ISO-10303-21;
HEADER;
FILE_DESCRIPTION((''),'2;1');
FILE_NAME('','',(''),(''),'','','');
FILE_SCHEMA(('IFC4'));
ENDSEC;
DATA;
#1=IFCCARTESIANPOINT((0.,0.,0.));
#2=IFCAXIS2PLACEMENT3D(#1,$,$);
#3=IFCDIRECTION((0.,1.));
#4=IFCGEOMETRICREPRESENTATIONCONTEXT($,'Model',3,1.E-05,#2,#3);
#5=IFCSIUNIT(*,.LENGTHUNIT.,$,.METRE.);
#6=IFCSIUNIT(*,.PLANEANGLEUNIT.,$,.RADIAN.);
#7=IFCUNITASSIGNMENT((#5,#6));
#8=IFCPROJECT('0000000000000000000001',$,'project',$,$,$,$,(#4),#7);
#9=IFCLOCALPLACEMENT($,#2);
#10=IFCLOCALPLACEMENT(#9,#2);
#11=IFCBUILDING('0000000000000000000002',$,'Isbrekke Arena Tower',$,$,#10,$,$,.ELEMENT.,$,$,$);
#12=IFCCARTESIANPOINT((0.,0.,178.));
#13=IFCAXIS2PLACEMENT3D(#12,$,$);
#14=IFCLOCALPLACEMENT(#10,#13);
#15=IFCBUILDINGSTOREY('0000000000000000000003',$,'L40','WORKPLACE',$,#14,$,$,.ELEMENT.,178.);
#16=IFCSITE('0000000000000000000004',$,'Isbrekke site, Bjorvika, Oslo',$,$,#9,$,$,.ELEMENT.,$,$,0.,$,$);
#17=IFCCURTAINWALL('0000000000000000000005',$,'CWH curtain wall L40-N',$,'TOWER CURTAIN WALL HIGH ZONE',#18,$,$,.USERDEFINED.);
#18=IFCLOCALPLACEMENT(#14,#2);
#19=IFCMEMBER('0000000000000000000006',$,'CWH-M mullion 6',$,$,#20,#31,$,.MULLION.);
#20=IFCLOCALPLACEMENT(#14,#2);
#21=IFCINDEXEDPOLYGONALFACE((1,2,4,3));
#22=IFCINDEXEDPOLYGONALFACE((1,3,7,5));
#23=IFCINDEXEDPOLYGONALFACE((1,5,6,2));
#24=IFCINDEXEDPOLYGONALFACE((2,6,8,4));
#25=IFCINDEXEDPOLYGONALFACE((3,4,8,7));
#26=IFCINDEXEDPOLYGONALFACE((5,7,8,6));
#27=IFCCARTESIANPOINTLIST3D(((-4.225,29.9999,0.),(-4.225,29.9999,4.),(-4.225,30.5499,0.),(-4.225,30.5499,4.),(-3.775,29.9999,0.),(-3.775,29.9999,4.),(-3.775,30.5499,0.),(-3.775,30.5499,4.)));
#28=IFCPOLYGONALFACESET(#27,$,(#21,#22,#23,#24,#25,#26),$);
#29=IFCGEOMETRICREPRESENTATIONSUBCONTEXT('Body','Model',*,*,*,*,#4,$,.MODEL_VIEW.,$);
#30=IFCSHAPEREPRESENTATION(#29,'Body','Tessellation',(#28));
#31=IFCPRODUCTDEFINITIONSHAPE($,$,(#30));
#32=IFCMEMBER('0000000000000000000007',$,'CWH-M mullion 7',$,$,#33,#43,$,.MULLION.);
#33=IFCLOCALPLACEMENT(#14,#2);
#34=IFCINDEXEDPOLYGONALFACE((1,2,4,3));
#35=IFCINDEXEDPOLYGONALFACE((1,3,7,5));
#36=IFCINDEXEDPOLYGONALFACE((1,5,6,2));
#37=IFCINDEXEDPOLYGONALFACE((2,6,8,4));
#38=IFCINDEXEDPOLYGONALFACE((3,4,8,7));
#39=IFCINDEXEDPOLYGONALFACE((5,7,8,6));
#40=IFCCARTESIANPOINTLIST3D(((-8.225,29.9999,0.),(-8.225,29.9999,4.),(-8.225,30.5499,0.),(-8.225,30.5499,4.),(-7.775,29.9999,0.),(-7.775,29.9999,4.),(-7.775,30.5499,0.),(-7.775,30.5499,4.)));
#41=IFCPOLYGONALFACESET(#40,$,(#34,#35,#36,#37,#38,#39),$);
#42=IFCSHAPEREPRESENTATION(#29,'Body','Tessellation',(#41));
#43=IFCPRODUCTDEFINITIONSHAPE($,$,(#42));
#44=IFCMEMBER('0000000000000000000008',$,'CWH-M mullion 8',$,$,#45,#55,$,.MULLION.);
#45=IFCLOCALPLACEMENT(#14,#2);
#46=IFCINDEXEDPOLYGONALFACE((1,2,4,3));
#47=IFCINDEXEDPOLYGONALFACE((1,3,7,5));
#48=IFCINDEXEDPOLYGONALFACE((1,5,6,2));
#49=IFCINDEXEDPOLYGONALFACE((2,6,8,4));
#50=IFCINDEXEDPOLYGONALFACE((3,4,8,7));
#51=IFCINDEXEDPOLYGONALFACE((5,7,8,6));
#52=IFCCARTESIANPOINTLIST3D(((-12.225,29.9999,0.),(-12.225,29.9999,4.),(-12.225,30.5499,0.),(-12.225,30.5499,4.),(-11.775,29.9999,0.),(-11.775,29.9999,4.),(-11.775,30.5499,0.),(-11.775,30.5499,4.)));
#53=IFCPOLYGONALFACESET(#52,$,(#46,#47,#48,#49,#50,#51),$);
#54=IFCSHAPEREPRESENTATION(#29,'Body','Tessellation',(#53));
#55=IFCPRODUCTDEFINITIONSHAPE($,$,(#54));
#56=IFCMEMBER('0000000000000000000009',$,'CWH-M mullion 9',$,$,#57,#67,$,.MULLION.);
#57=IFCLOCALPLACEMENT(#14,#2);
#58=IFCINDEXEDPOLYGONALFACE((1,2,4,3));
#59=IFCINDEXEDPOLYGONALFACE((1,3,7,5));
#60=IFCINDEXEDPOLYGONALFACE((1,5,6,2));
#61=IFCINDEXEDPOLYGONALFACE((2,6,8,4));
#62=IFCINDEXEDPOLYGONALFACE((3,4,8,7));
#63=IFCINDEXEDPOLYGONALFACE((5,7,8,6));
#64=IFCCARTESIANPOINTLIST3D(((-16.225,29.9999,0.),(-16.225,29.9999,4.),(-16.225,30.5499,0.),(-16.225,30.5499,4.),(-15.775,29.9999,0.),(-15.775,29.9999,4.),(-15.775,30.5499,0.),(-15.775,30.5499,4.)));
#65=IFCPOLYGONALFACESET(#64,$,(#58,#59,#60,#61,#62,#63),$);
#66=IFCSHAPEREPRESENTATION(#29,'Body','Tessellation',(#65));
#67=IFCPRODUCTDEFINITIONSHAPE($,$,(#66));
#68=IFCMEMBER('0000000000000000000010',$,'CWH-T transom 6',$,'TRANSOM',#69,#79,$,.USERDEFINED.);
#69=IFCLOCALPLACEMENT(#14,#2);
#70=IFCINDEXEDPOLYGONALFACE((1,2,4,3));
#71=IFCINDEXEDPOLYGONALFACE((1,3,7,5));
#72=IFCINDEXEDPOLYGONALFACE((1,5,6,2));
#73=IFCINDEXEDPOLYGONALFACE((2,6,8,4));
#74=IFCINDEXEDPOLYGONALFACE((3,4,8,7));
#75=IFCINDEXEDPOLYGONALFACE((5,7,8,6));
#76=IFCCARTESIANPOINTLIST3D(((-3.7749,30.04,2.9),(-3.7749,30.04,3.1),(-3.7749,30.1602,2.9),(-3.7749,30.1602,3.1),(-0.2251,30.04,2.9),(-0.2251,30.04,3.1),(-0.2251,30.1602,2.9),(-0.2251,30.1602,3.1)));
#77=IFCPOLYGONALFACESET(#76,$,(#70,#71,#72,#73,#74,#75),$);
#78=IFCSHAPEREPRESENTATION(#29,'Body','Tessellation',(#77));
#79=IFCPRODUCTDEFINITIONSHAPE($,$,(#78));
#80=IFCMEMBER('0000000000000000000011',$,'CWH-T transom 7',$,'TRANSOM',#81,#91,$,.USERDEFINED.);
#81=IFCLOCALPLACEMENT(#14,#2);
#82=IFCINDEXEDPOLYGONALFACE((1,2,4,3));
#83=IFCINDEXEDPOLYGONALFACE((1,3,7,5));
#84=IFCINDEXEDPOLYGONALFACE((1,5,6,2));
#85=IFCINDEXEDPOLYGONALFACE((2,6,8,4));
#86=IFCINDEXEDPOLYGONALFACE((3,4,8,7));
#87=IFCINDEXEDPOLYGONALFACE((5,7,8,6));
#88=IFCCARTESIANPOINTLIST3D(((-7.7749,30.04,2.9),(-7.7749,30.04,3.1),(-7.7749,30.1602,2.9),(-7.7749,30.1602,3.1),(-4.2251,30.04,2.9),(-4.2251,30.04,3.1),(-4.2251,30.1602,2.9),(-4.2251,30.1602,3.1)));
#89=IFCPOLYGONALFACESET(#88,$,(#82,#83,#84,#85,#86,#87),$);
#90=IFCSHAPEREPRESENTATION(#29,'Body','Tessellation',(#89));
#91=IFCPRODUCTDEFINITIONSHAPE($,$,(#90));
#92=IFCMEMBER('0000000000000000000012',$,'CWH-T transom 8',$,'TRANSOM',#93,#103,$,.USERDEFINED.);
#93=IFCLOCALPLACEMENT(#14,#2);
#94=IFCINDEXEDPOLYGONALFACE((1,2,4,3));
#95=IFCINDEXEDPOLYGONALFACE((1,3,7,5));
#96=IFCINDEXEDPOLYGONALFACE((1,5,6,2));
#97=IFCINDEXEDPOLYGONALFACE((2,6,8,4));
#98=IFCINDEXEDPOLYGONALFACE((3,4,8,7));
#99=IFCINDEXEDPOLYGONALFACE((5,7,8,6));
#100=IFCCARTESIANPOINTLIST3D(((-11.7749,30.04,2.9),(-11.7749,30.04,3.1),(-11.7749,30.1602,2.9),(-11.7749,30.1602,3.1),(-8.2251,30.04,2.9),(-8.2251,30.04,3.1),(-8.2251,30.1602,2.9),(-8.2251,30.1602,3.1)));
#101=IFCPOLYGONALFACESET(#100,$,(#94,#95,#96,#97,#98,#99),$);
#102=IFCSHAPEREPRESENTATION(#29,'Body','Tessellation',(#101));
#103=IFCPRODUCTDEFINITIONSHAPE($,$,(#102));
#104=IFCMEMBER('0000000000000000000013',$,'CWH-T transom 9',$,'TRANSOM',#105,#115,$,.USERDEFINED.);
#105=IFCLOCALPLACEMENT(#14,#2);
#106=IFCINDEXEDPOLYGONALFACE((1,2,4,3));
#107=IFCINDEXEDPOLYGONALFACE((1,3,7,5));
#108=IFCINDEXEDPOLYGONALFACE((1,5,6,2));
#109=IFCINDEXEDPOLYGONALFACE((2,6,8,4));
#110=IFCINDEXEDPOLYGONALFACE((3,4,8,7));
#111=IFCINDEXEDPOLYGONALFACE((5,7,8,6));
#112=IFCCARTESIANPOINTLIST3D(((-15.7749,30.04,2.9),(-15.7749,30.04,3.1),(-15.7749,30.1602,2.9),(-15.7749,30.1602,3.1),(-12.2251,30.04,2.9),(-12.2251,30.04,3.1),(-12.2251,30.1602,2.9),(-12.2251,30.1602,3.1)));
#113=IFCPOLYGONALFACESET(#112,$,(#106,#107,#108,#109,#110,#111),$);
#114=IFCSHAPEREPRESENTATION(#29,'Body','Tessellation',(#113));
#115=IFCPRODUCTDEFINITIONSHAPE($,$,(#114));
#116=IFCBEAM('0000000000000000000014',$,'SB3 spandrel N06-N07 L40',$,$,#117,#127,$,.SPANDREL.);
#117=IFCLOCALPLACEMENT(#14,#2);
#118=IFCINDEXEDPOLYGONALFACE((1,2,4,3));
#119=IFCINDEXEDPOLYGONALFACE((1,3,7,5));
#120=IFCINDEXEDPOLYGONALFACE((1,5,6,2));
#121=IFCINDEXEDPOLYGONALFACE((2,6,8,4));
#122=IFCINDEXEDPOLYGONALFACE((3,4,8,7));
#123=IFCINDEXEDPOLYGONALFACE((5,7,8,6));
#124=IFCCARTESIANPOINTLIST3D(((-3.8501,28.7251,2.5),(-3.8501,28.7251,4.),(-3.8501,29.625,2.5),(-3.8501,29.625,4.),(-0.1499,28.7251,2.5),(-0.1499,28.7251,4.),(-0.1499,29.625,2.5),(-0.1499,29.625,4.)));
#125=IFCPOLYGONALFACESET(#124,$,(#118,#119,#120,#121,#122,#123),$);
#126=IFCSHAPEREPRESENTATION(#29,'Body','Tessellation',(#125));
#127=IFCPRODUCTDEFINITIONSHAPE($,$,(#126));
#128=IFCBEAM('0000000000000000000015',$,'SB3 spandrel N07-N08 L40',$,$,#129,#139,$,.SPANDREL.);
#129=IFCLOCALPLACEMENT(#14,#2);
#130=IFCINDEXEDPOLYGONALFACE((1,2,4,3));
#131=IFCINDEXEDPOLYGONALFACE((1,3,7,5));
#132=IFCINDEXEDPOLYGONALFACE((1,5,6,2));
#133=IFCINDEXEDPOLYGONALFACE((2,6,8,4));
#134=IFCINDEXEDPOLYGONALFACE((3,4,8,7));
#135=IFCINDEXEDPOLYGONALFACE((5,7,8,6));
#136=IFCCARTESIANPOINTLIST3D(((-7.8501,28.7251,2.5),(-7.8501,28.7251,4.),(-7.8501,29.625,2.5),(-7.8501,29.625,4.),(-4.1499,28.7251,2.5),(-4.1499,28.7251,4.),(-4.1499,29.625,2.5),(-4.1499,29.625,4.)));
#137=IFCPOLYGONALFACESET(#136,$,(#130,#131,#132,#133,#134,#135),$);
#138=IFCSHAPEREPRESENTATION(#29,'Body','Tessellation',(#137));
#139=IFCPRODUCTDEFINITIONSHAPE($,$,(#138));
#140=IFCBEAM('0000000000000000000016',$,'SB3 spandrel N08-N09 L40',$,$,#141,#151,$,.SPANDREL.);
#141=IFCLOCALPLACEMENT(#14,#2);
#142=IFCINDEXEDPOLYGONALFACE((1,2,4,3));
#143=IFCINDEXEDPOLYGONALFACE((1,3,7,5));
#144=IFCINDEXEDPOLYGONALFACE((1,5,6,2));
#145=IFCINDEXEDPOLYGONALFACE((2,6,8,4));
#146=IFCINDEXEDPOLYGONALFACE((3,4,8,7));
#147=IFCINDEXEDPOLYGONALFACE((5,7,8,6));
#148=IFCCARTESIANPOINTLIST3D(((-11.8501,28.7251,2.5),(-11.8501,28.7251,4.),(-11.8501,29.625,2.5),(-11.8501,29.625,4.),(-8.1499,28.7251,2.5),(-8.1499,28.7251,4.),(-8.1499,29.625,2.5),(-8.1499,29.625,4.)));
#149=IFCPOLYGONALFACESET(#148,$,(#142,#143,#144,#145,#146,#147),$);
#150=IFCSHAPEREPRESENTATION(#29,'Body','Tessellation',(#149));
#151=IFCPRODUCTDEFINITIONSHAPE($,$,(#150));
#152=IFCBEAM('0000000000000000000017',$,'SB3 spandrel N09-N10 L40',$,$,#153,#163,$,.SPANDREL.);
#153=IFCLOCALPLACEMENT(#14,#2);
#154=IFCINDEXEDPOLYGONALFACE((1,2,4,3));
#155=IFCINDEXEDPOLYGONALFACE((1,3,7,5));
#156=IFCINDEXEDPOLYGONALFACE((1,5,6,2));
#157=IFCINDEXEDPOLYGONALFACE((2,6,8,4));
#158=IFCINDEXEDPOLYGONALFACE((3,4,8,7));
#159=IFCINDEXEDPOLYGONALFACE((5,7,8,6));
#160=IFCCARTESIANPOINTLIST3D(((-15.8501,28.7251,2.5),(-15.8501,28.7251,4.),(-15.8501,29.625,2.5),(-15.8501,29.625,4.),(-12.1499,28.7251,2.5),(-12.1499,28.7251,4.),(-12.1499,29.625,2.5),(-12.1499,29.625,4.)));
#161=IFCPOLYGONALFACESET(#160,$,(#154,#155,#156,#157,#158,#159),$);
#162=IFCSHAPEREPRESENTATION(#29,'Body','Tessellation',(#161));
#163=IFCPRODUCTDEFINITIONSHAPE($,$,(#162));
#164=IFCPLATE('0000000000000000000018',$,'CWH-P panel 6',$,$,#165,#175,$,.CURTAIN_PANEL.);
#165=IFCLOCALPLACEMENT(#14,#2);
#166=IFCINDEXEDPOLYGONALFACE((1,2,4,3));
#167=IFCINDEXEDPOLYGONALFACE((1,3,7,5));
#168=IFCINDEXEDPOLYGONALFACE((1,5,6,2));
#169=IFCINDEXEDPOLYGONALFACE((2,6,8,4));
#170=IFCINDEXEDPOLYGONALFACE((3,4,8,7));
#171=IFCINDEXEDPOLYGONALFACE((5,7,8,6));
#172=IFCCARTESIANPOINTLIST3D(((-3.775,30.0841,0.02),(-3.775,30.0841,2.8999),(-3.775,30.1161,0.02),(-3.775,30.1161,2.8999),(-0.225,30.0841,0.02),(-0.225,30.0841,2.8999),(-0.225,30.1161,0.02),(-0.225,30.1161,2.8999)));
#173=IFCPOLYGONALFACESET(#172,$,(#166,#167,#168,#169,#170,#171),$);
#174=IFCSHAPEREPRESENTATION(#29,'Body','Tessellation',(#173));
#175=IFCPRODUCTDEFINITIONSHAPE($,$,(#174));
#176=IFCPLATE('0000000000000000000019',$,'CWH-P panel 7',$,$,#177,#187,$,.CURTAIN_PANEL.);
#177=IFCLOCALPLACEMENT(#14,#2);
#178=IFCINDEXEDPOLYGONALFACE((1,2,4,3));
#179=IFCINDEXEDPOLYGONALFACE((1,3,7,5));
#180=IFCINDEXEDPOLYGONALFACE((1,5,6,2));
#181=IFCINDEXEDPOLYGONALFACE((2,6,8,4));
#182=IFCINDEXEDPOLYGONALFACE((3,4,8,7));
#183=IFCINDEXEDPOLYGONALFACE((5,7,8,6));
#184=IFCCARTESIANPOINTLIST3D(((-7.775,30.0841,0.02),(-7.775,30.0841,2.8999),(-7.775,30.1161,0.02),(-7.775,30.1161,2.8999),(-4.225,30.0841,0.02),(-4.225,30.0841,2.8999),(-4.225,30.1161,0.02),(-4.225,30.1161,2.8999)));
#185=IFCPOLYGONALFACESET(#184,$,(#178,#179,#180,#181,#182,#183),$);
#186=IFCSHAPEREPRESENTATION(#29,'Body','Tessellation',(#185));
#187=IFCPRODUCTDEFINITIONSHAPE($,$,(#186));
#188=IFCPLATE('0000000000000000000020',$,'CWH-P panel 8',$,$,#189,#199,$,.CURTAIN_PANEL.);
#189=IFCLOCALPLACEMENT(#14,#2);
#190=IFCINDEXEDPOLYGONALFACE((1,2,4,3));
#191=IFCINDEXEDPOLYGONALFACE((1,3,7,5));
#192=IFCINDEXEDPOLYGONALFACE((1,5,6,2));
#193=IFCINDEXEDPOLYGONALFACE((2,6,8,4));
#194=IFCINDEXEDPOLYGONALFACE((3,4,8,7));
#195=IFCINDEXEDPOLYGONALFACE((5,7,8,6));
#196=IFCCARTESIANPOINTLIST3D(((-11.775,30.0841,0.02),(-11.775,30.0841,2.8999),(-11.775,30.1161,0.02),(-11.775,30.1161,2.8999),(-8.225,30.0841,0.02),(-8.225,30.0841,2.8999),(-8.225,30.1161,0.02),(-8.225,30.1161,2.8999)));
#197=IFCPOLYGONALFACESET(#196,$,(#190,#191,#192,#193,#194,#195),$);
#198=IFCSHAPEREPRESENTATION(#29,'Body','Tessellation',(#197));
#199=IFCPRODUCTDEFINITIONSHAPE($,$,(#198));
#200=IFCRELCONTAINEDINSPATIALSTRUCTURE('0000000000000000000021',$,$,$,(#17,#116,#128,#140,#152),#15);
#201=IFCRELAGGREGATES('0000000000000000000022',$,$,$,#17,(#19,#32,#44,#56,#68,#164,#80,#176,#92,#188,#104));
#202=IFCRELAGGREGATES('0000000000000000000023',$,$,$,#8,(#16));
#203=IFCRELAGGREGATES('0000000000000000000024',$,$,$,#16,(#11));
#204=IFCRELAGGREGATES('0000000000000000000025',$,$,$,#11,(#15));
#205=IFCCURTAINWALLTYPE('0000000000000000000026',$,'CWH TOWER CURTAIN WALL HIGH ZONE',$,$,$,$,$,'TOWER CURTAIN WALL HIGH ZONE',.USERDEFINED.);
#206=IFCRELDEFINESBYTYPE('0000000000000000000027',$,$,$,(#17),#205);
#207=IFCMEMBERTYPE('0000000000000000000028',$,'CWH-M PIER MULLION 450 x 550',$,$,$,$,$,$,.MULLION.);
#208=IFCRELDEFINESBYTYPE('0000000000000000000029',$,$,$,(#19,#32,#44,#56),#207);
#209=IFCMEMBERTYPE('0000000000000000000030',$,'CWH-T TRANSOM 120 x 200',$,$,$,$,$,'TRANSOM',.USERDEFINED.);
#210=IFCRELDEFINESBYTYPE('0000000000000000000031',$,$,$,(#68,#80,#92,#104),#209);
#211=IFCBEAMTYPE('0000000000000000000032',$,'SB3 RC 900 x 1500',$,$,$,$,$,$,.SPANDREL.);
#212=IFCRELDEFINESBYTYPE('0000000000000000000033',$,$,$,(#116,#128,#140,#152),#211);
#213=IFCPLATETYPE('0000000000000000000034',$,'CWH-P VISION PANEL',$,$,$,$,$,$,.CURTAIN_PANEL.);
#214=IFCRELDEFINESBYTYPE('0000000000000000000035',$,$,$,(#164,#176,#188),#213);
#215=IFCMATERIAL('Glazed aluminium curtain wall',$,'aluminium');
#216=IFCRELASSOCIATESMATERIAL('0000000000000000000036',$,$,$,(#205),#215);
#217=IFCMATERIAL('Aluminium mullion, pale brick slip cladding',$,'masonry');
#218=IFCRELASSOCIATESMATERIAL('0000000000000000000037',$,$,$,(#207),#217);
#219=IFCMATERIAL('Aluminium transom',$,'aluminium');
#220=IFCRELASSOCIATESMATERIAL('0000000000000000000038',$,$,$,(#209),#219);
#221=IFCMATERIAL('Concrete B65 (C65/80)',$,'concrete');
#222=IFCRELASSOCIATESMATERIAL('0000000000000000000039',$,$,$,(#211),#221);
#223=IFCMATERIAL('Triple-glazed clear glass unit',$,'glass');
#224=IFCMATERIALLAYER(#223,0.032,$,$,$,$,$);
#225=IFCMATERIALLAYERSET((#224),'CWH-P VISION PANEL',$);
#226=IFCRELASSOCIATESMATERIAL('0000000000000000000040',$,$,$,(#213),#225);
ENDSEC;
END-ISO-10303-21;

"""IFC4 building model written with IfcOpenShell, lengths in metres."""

from ifc_helpers import new_model, si_unit, direction, frame, origin, origin_2d, place, context, subcontext, project, spatial, rectangle, extrude, material, layer, layer_set, material_profile, profile_set, type_object, element, aggregate, save


model = new_model("IFC4")

# Units and contexts
model_context = context("Model", 3, precision=1e-05, world=origin(), true_north=direction((0.0, 1.0)))
body_context = subcontext(model_context, "Body", "Model", "MODEL_VIEW")
ifc_project = project(units=[si_unit("LENGTHUNIT", "METRE"), si_unit("PLANEANGLEUNIT", "RADIAN")], contexts=[model_context])

# Site, building, storey
site_placement = place(None, origin())
site = spatial("IfcSite", under=ifc_project, at=site_placement, Name="Isbrekke site, Bjorvika, Oslo", CompositionType="ELEMENT", RefElevation=0.0)
building_placement = place(site_placement, origin())
building = spatial("IfcBuilding", under=site, at=building_placement, Name="Isbrekke Arena Tower", CompositionType="ELEMENT")
storey_placement = place(building_placement, frame((0.0, 0.0, 178.0)))
storey = spatial("IfcBuildingStorey", under=building, at=storey_placement, Name="L40", Description="WORKPLACE", CompositionType="ELEMENT", Elevation=178.0)

# Curtain wall, members
ifc_material_1 = material(Name="Glazed aluminium curtain wall", Category="aluminium")
curtain_wall_type = type_object("IfcCurtainWallType", Name="CWH TOWER CURTAIN WALL HIGH ZONE", ElementType="TOWER CURTAIN WALL HIGH ZONE", PredefinedType="USERDEFINED", material=ifc_material_1)
curtain_wall_placement = place(storey_placement, origin())
curtain_wall = element("IfcCurtainWall", 1, at=curtain_wall_placement, inside=storey, type_object=curtain_wall_type, Name="CWH curtain wall L40-N", ObjectType="TOWER CURTAIN WALL HIGH ZONE", PredefinedType="USERDEFINED")
ifc_material_2 = material(Name="Aluminium mullion, pale brick slip cladding", Category="masonry")
ifc_material_profile_1 = material_profile(ifc_material_2, rectangle(XDim=0.45, YDim=0.55, at=origin_2d()), Name="PIER 450X550")
ifc_profile_set_1 = profile_set([ifc_material_profile_1], Name="Aluminium mullion, pale brick slip cladding")
member_type_1 = type_object("IfcMemberType", Name="CWH-M PIER MULLION 450 x 550", PredefinedType="MULLION", material=ifc_profile_set_1)
member_1_placement = place(storey_placement, frame((-4.0, 30.2749, 0.0), z_axis=(0.0, 0.0, 1.0), x_axis=(-1.0, 0.0, 0.0)))
member_1 = element("IfcMember", 2, at=member_1_placement, type_object=member_type_1, Name="CWH-M mullion 6", PredefinedType="MULLION", context=body_context, shape_type="SweptSolid", body=[
    extrude(rectangle(XDim=0.45, YDim=0.55, at=origin_2d()), origin(), (0.0, 0.0, 1.0), 4.0),
])
member_2_placement = place(storey_placement, frame((-8.0, 30.2749, 0.0), z_axis=(0.0, 0.0, 1.0), x_axis=(-1.0, 0.0, 0.0)))
member_2 = element("IfcMember", 3, at=member_2_placement, type_object=member_type_1, Name="CWH-M mullion 7", PredefinedType="MULLION", context=body_context, shape_type="SweptSolid", body=[
    extrude(rectangle(XDim=0.45, YDim=0.55, at=origin_2d()), origin(), (0.0, 0.0, 1.0), 4.0),
])
member_3_placement = place(storey_placement, frame((-12.0, 30.2749, 0.0), z_axis=(0.0, 0.0, 1.0), x_axis=(-1.0, 0.0, 0.0)))
member_3 = element("IfcMember", 4, at=member_3_placement, type_object=member_type_1, Name="CWH-M mullion 8", PredefinedType="MULLION", context=body_context, shape_type="SweptSolid", body=[
    extrude(rectangle(XDim=0.45, YDim=0.55, at=origin_2d()), origin(), (0.0, 0.0, 1.0), 4.0),
])
member_4_placement = place(storey_placement, frame((-16.0, 30.2749, 0.0), z_axis=(0.0, 0.0, 1.0), x_axis=(-1.0, 0.0, 0.0)))
member_4 = element("IfcMember", 5, at=member_4_placement, type_object=member_type_1, Name="CWH-M mullion 9", PredefinedType="MULLION", context=body_context, shape_type="SweptSolid", body=[
    extrude(rectangle(XDim=0.45, YDim=0.55, at=origin_2d()), origin(), (0.0, 0.0, 1.0), 4.0),
])
ifc_material_3 = material(Name="Aluminium transom", Category="aluminium")
ifc_material_profile_2 = material_profile(ifc_material_3, rectangle(XDim=0.1201, YDim=0.2, at=origin_2d()), Name="TRANSOM 120X200")
ifc_profile_set_2 = profile_set([ifc_material_profile_2], Name="Aluminium transom")
member_type_2 = type_object("IfcMemberType", Name="CWH-T TRANSOM 120 x 200", ElementType="TRANSOM", PredefinedType="USERDEFINED", material=ifc_profile_set_2)
member_5_placement = place(storey_placement, frame((-0.2251, 30.1001, 3.0), z_axis=(-1.0, 0.0, 0.0), x_axis=(0.0, -1.0, 0.0)))
member_5 = element("IfcMember", 6, at=member_5_placement, type_object=member_type_2, Name="CWH-T transom 6", ObjectType="TRANSOM", PredefinedType="USERDEFINED", context=body_context, shape_type="SweptSolid", body=[
    extrude(rectangle(XDim=0.1201, YDim=0.2, at=origin_2d()), origin(), (0.0, 0.0, 1.0), 3.5498),
])
member_6_placement = place(storey_placement, frame((-4.2251, 30.1001, 3.0), z_axis=(-1.0, 0.0, 0.0), x_axis=(0.0, -1.0, 0.0)))
member_6 = element("IfcMember", 7, at=member_6_placement, type_object=member_type_2, Name="CWH-T transom 7", ObjectType="TRANSOM", PredefinedType="USERDEFINED", context=body_context, shape_type="SweptSolid", body=[
    extrude(rectangle(XDim=0.1201, YDim=0.2, at=origin_2d()), origin(), (0.0, 0.0, 1.0), 3.5498),
])
member_7_placement = place(storey_placement, frame((-8.2251, 30.1001, 3.0), z_axis=(-1.0, 0.0, 0.0), x_axis=(0.0, -1.0, 0.0)))
member_7 = element("IfcMember", 8, at=member_7_placement, type_object=member_type_2, Name="CWH-T transom 8", ObjectType="TRANSOM", PredefinedType="USERDEFINED", context=body_context, shape_type="SweptSolid", body=[
    extrude(rectangle(XDim=0.1201, YDim=0.2, at=origin_2d()), origin(), (0.0, 0.0, 1.0), 3.5498),
])
member_8_placement = place(storey_placement, frame((-12.2251, 30.1001, 3.0), z_axis=(-1.0, 0.0, 0.0), x_axis=(0.0, -1.0, 0.0)))
member_8 = element("IfcMember", 9, at=member_8_placement, type_object=member_type_2, Name="CWH-T transom 9", ObjectType="TRANSOM", PredefinedType="USERDEFINED", context=body_context, shape_type="SweptSolid", body=[
    extrude(rectangle(XDim=0.1201, YDim=0.2, at=origin_2d()), origin(), (0.0, 0.0, 1.0), 3.5498),
])

# Beams
ifc_material_4 = material(Name="Concrete B65 (C65/80)", Category="concrete")
ifc_material_profile_3 = material_profile(ifc_material_4, rectangle(XDim=0.8999, YDim=1.5, at=origin_2d()), Name="RC 900x1500")
ifc_profile_set_3 = profile_set([ifc_material_profile_3], Name="Concrete B65 (C65/80)")
beam_type_1 = type_object("IfcBeamType", Name="SB3 RC 900 x 1500", PredefinedType="SPANDREL", material=ifc_profile_set_3)
for number, where, z_axis, x_axis, name in (
    (10, (-0.1499, 29.175, 3.25), (-1.0, 0.0, 0.0), (0.0, -1.0, 0.0), "SB3 spandrel N06-N07 L40"),
    (11, (-4.1499, 29.175, 3.25), (-1.0, 0.0, 0.0), (0.0, -1.0, 0.0), "SB3 spandrel N07-N08 L40"),
    (12, (-8.1499, 29.175, 3.25), (-1.0, 0.0, 0.0), (0.0, -1.0, 0.0), "SB3 spandrel N08-N09 L40"),
    (13, (-12.1499, 29.175, 3.25), (-1.0, 0.0, 0.0), (0.0, -1.0, 0.0), "SB3 spandrel N09-N10 L40"),
):
    element("IfcBeam", number, at=place(storey_placement, frame(where, z_axis=z_axis, x_axis=x_axis)), inside=storey, type_object=beam_type_1, Name=name, PredefinedType="SPANDREL", context=body_context, shape_type="SweptSolid", body=[
        extrude(rectangle(XDim=0.8999, YDim=1.5, at=origin_2d()), origin(), (0.0, 0.0, 1.0), 3.7002),
    ])

# Plates
ifc_material_5 = material(Name="Triple-glazed clear glass unit", Category="glass")
ifc_layer_1 = layer(ifc_material_5, 0.032)
ifc_layer_set_1 = layer_set([ifc_layer_1], Name="CWH-P VISION PANEL")
plate_type = type_object("IfcPlateType", Name="CWH-P VISION PANEL", PredefinedType="CURTAIN_PANEL", material=ifc_layer_set_1)
plate_1_placement = place(storey_placement, frame((-2.0, 30.1001, 0.02), z_axis=(0.0, 0.0, 1.0), x_axis=(-1.0, 0.0, 0.0)))
plate_1 = element("IfcPlate", 14, at=plate_1_placement, type_object=plate_type, Name="CWH-P panel 6", PredefinedType="CURTAIN_PANEL", context=body_context, shape_type="SweptSolid", body=[
    extrude(rectangle(XDim=3.55, YDim=0.032, at=origin_2d()), origin(), (0.0, 0.0, 1.0), 2.8799),
])
plate_2_placement = place(storey_placement, frame((-6.0, 30.1001, 0.02), z_axis=(0.0, 0.0, 1.0), x_axis=(-1.0, 0.0, 0.0)))
plate_2 = element("IfcPlate", 15, at=plate_2_placement, type_object=plate_type, Name="CWH-P panel 7", PredefinedType="CURTAIN_PANEL", context=body_context, shape_type="SweptSolid", body=[
    extrude(rectangle(XDim=3.55, YDim=0.032, at=origin_2d()), origin(), (0.0, 0.0, 1.0), 2.8799),
])
plate_3_placement = place(storey_placement, frame((-10.0, 30.1001, 0.02), z_axis=(0.0, 0.0, 1.0), x_axis=(-1.0, 0.0, 0.0)))
plate_3 = element("IfcPlate", 16, at=plate_3_placement, type_object=plate_type, Name="CWH-P panel 8", PredefinedType="CURTAIN_PANEL", context=body_context, shape_type="SweptSolid", body=[
    extrude(rectangle(XDim=3.55, YDim=0.032, at=origin_2d()), origin(), (0.0, 0.0, 1.0), 2.8799),
])
aggregate(curtain_wall, [member_1, member_2, member_3, member_4, member_5, plate_1, member_6, plate_2, member_7, plate_3, member_8])

save(model, "model.ifc")
